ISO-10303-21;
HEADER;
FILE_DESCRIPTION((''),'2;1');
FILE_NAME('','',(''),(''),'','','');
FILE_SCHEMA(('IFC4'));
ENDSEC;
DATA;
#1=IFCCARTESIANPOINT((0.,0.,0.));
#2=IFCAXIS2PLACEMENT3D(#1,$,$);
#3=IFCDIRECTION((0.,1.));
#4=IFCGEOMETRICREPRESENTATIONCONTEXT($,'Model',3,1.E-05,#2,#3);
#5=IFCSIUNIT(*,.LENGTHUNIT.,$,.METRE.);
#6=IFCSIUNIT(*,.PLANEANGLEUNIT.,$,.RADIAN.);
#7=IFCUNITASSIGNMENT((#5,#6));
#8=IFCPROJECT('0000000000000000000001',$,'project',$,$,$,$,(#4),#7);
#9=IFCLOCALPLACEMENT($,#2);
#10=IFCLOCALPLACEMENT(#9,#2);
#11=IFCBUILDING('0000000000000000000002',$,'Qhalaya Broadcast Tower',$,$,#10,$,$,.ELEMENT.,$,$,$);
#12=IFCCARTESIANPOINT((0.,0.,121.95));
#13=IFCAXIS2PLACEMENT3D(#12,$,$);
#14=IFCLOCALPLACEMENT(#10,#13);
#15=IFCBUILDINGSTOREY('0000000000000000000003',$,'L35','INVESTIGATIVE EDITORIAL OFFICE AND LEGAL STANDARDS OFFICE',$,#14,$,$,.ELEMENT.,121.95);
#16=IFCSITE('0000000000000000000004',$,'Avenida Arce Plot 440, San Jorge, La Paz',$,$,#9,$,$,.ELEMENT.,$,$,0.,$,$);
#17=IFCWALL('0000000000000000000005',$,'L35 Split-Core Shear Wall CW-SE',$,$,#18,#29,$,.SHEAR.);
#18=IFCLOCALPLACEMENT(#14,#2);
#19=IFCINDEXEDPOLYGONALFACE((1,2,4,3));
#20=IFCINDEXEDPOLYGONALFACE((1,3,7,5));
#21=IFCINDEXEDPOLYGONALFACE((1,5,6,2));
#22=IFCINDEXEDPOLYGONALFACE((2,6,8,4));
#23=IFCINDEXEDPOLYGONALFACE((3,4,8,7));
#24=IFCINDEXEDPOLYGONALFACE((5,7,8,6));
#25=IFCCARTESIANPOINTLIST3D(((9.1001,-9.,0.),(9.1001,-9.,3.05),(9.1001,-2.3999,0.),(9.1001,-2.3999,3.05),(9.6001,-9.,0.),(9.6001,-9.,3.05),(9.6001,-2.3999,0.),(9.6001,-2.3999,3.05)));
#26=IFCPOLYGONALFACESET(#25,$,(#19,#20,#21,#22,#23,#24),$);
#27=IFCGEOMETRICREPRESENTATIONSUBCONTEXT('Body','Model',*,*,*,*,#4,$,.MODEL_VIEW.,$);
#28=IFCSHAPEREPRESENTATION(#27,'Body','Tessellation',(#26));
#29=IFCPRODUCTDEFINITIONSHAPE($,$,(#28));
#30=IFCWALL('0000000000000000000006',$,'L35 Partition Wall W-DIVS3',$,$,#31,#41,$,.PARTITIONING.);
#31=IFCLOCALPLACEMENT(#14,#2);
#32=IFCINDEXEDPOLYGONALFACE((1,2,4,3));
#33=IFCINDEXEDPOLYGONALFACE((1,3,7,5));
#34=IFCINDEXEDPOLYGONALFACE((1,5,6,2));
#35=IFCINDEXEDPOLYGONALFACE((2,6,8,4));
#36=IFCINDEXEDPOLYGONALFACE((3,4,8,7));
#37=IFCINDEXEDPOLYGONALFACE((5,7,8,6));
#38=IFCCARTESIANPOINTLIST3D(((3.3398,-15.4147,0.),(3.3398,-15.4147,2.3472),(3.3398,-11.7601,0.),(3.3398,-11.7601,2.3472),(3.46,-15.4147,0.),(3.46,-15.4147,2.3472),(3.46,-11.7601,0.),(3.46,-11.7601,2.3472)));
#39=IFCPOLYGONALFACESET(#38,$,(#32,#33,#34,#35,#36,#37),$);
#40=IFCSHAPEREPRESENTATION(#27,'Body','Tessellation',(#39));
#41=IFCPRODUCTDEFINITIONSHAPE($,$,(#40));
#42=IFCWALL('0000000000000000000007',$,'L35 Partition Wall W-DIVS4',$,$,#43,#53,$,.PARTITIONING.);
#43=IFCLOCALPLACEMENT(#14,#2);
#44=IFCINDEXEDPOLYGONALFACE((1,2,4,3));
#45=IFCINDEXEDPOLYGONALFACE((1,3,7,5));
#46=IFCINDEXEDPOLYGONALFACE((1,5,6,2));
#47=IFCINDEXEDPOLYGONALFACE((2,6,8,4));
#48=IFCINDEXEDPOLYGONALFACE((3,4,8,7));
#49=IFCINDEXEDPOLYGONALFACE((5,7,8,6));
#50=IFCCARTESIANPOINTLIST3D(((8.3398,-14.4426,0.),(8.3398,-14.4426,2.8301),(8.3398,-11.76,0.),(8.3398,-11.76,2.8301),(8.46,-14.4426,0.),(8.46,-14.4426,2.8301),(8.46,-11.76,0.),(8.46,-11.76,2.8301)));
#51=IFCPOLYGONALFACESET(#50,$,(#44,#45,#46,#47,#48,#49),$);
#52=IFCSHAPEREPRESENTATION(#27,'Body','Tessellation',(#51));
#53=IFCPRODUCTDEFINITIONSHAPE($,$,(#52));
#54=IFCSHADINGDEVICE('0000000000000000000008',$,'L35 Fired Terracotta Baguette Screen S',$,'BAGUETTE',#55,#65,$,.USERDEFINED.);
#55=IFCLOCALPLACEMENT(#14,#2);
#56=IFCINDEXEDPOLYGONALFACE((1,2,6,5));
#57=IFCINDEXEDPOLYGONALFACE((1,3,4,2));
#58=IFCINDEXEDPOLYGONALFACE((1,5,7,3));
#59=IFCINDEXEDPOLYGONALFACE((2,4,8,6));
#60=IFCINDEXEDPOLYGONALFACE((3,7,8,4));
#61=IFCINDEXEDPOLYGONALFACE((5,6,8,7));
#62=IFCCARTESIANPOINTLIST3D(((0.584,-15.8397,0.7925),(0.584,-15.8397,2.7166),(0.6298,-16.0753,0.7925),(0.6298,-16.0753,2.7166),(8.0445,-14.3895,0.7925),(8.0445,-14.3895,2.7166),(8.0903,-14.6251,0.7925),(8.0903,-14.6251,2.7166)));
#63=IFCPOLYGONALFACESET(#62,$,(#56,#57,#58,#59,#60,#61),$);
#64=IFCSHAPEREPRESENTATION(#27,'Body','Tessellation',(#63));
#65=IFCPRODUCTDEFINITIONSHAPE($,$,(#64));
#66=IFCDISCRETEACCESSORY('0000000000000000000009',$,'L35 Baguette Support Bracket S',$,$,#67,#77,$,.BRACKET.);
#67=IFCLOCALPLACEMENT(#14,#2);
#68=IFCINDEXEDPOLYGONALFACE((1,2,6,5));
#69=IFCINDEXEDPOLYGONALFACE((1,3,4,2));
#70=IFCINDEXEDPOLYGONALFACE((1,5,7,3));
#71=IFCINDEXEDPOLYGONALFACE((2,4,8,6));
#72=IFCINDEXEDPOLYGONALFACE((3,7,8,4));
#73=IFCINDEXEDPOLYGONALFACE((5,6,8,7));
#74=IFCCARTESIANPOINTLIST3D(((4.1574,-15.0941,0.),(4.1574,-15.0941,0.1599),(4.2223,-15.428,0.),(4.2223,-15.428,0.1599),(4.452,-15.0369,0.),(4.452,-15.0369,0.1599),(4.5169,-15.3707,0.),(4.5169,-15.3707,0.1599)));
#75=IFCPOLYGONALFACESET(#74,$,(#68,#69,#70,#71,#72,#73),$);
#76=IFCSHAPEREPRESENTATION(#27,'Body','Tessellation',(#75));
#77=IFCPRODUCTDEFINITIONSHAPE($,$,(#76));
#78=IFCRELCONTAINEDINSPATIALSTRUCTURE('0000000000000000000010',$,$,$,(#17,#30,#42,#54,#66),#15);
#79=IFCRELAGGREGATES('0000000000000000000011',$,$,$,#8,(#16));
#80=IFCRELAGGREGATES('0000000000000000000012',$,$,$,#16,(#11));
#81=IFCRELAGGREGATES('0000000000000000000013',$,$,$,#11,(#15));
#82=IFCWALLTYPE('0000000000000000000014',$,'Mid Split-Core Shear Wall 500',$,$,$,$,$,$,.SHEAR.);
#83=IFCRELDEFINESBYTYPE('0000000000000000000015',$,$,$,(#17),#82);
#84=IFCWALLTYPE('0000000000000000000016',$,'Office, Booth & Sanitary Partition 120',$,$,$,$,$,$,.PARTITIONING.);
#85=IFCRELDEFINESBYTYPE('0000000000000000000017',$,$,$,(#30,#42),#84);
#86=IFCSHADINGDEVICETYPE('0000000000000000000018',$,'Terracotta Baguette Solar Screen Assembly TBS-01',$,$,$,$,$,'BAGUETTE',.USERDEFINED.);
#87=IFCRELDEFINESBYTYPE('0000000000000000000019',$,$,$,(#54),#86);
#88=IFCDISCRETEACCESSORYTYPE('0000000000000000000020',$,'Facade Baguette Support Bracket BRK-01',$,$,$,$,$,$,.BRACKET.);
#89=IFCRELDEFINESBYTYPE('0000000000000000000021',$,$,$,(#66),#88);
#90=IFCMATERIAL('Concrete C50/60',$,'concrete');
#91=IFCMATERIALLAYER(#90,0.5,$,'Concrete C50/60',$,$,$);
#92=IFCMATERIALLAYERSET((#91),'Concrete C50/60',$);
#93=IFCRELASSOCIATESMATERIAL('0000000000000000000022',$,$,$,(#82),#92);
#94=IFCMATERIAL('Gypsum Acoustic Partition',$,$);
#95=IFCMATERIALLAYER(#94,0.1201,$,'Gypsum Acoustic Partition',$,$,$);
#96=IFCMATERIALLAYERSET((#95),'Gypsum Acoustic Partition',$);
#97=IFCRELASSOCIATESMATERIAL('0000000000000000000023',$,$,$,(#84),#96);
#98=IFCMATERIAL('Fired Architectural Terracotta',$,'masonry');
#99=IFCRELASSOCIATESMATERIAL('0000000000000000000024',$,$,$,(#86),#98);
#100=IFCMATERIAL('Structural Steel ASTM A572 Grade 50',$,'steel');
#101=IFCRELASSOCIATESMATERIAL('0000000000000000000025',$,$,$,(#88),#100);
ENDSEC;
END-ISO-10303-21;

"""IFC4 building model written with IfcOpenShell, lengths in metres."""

from ifc_helpers import new_model, si_unit, direction, frame, frame_2d, origin, origin_2d, place, context, subcontext, project, spatial, rectangle, extrude, material, layer, layer_set, type_object, element, save


model = new_model("IFC4")

# Units and contexts
model_context = context("Model", 3, precision=1e-05, world=origin(), true_north=direction((0.0, 1.0)))
body_context = subcontext(model_context, "Body", "Model", "MODEL_VIEW")
ifc_project = project(units=[si_unit("LENGTHUNIT", "METRE"), si_unit("PLANEANGLEUNIT", "RADIAN")], contexts=[model_context])

# Site, building, storey
site_placement = place(None, origin())
site = spatial("IfcSite", under=ifc_project, at=site_placement, Name="Avenida Arce Plot 440, San Jorge, La Paz", CompositionType="ELEMENT", RefElevation=0.0)
building_placement = place(site_placement, origin())
building = spatial("IfcBuilding", under=site, at=building_placement, Name="Qhalaya Broadcast Tower", CompositionType="ELEMENT")
storey_placement = place(building_placement, frame((0.0, 0.0, 121.95)))
storey = spatial("IfcBuildingStorey", under=building, at=storey_placement, Name="L35", Description="INVESTIGATIVE EDITORIAL OFFICE AND LEGAL STANDARDS OFFICE", CompositionType="ELEMENT", Elevation=121.95)

# Shared definitions
ifc_material_1 = material(Name="Gypsum Acoustic Partition")

# Walls
ifc_material_2 = material(Name="Concrete C50/60", Category="concrete")
ifc_layer_1 = layer(ifc_material_2, 0.5, Name="Concrete C50/60")
ifc_layer_set_1 = layer_set([ifc_layer_1], Name="Concrete C50/60")
wall_type_1 = type_object("IfcWallType", Name="Mid Split-Core Shear Wall 500", PredefinedType="SHEAR", material=ifc_layer_set_1)
wall_1_placement = place(storey_placement, frame((9.3501, -9.0, 0.0), z_axis=(0.0, 0.0, 1.0), x_axis=(0.0, 1.0, 0.0)))
element("IfcWall", 1, at=wall_1_placement, inside=storey, type_object=wall_type_1, Name="L35 Split-Core Shear Wall CW-SE", PredefinedType="SHEAR", context=body_context, shape_type="SweptSolid", body=[
    extrude(rectangle(XDim=6.6001, YDim=0.5, at=frame_2d((3.3, 0.0))), origin(), (0.0, 0.0, 1.0), 3.05),
])
ifc_layer_2 = layer(ifc_material_1, 0.1201, Name="Gypsum Acoustic Partition")
ifc_layer_set_2 = layer_set([ifc_layer_2], Name="Gypsum Acoustic Partition")
wall_type_2 = type_object("IfcWallType", Name="Office, Booth & Sanitary Partition 120", PredefinedType="PARTITIONING", material=ifc_layer_set_2)
wall_2_placement = place(storey_placement, frame((3.3999, -15.4146, 0.0), z_axis=(0.0, 0.0, 1.0), x_axis=(0.0, 1.0, 0.0)))
element("IfcWall", 2, at=wall_2_placement, inside=storey, type_object=wall_type_2, Name="L35 Partition Wall W-DIVS3", PredefinedType="PARTITIONING", context=body_context, shape_type="SweptSolid", body=[
    extrude(rectangle(XDim=3.6545, YDim=0.1201, at=frame_2d((1.8271, 0.0))), origin(), (0.0, 0.0, 1.0), 2.3472),
])
wall_3_placement = place(storey_placement, frame((8.3999, -14.4426, 0.0), z_axis=(0.0, 0.0, 1.0), x_axis=(0.0, 1.0, 0.0)))
element("IfcWall", 3, at=wall_3_placement, inside=storey, type_object=wall_type_2, Name="L35 Partition Wall W-DIVS4", PredefinedType="PARTITIONING", context=body_context, shape_type="SweptSolid", body=[
    extrude(rectangle(XDim=2.6826, YDim=0.1201, at=frame_2d((1.3413, 0.0))), origin(), (0.0, 0.0, 1.0), 2.8301),
])

# Shading device
ifc_material_3 = material(Name="Fired Architectural Terracotta", Category="masonry")
shading_device_type = type_object("IfcShadingDeviceType", Name="Terracotta Baguette Solar Screen Assembly TBS-01", ElementType="BAGUETTE", PredefinedType="USERDEFINED", material=ifc_material_3)
shading_device_placement = place(storey_placement, frame((4.3372, -15.2324, 0.7925), z_axis=(0.0, 0.0, 1.0), x_axis=(0.981627, 0.190809, 0.0)))
element("IfcShadingDevice", 4, at=shading_device_placement, inside=storey, type_object=shading_device_type, Name="L35 Fired Terracotta Baguette Screen S", ObjectType="BAGUETTE", PredefinedType="USERDEFINED", context=body_context, shape_type="SweptSolid", body=[
    extrude(rectangle(XDim=7.6001, YDim=0.24, at=origin_2d()), origin(), (0.0, 0.0, 1.0), 1.9241),
])

# Discrete accessory
ifc_material_4 = material(Name="Structural Steel ASTM A572 Grade 50", Category="steel")
discrete_accessory_type = type_object("IfcDiscreteAccessoryType", Name="Facade Baguette Support Bracket BRK-01", PredefinedType="BRACKET", material=ifc_material_4)
discrete_accessory_placement = place(storey_placement, frame((4.3372, -15.2324, 0.0), z_axis=(0.0, 0.0, 1.0), x_axis=(0.981627, 0.190809, 0.0)))
element("IfcDiscreteAccessory", 5, at=discrete_accessory_placement, inside=storey, type_object=discrete_accessory_type, Name="L35 Baguette Support Bracket S", PredefinedType="BRACKET", context=body_context, shape_type="SweptSolid", body=[
    extrude(rectangle(XDim=0.3, YDim=0.3401, at=origin_2d()), origin(), (0.0, 0.0, 1.0), 0.1599),
])

save(model, "model.ifc")
